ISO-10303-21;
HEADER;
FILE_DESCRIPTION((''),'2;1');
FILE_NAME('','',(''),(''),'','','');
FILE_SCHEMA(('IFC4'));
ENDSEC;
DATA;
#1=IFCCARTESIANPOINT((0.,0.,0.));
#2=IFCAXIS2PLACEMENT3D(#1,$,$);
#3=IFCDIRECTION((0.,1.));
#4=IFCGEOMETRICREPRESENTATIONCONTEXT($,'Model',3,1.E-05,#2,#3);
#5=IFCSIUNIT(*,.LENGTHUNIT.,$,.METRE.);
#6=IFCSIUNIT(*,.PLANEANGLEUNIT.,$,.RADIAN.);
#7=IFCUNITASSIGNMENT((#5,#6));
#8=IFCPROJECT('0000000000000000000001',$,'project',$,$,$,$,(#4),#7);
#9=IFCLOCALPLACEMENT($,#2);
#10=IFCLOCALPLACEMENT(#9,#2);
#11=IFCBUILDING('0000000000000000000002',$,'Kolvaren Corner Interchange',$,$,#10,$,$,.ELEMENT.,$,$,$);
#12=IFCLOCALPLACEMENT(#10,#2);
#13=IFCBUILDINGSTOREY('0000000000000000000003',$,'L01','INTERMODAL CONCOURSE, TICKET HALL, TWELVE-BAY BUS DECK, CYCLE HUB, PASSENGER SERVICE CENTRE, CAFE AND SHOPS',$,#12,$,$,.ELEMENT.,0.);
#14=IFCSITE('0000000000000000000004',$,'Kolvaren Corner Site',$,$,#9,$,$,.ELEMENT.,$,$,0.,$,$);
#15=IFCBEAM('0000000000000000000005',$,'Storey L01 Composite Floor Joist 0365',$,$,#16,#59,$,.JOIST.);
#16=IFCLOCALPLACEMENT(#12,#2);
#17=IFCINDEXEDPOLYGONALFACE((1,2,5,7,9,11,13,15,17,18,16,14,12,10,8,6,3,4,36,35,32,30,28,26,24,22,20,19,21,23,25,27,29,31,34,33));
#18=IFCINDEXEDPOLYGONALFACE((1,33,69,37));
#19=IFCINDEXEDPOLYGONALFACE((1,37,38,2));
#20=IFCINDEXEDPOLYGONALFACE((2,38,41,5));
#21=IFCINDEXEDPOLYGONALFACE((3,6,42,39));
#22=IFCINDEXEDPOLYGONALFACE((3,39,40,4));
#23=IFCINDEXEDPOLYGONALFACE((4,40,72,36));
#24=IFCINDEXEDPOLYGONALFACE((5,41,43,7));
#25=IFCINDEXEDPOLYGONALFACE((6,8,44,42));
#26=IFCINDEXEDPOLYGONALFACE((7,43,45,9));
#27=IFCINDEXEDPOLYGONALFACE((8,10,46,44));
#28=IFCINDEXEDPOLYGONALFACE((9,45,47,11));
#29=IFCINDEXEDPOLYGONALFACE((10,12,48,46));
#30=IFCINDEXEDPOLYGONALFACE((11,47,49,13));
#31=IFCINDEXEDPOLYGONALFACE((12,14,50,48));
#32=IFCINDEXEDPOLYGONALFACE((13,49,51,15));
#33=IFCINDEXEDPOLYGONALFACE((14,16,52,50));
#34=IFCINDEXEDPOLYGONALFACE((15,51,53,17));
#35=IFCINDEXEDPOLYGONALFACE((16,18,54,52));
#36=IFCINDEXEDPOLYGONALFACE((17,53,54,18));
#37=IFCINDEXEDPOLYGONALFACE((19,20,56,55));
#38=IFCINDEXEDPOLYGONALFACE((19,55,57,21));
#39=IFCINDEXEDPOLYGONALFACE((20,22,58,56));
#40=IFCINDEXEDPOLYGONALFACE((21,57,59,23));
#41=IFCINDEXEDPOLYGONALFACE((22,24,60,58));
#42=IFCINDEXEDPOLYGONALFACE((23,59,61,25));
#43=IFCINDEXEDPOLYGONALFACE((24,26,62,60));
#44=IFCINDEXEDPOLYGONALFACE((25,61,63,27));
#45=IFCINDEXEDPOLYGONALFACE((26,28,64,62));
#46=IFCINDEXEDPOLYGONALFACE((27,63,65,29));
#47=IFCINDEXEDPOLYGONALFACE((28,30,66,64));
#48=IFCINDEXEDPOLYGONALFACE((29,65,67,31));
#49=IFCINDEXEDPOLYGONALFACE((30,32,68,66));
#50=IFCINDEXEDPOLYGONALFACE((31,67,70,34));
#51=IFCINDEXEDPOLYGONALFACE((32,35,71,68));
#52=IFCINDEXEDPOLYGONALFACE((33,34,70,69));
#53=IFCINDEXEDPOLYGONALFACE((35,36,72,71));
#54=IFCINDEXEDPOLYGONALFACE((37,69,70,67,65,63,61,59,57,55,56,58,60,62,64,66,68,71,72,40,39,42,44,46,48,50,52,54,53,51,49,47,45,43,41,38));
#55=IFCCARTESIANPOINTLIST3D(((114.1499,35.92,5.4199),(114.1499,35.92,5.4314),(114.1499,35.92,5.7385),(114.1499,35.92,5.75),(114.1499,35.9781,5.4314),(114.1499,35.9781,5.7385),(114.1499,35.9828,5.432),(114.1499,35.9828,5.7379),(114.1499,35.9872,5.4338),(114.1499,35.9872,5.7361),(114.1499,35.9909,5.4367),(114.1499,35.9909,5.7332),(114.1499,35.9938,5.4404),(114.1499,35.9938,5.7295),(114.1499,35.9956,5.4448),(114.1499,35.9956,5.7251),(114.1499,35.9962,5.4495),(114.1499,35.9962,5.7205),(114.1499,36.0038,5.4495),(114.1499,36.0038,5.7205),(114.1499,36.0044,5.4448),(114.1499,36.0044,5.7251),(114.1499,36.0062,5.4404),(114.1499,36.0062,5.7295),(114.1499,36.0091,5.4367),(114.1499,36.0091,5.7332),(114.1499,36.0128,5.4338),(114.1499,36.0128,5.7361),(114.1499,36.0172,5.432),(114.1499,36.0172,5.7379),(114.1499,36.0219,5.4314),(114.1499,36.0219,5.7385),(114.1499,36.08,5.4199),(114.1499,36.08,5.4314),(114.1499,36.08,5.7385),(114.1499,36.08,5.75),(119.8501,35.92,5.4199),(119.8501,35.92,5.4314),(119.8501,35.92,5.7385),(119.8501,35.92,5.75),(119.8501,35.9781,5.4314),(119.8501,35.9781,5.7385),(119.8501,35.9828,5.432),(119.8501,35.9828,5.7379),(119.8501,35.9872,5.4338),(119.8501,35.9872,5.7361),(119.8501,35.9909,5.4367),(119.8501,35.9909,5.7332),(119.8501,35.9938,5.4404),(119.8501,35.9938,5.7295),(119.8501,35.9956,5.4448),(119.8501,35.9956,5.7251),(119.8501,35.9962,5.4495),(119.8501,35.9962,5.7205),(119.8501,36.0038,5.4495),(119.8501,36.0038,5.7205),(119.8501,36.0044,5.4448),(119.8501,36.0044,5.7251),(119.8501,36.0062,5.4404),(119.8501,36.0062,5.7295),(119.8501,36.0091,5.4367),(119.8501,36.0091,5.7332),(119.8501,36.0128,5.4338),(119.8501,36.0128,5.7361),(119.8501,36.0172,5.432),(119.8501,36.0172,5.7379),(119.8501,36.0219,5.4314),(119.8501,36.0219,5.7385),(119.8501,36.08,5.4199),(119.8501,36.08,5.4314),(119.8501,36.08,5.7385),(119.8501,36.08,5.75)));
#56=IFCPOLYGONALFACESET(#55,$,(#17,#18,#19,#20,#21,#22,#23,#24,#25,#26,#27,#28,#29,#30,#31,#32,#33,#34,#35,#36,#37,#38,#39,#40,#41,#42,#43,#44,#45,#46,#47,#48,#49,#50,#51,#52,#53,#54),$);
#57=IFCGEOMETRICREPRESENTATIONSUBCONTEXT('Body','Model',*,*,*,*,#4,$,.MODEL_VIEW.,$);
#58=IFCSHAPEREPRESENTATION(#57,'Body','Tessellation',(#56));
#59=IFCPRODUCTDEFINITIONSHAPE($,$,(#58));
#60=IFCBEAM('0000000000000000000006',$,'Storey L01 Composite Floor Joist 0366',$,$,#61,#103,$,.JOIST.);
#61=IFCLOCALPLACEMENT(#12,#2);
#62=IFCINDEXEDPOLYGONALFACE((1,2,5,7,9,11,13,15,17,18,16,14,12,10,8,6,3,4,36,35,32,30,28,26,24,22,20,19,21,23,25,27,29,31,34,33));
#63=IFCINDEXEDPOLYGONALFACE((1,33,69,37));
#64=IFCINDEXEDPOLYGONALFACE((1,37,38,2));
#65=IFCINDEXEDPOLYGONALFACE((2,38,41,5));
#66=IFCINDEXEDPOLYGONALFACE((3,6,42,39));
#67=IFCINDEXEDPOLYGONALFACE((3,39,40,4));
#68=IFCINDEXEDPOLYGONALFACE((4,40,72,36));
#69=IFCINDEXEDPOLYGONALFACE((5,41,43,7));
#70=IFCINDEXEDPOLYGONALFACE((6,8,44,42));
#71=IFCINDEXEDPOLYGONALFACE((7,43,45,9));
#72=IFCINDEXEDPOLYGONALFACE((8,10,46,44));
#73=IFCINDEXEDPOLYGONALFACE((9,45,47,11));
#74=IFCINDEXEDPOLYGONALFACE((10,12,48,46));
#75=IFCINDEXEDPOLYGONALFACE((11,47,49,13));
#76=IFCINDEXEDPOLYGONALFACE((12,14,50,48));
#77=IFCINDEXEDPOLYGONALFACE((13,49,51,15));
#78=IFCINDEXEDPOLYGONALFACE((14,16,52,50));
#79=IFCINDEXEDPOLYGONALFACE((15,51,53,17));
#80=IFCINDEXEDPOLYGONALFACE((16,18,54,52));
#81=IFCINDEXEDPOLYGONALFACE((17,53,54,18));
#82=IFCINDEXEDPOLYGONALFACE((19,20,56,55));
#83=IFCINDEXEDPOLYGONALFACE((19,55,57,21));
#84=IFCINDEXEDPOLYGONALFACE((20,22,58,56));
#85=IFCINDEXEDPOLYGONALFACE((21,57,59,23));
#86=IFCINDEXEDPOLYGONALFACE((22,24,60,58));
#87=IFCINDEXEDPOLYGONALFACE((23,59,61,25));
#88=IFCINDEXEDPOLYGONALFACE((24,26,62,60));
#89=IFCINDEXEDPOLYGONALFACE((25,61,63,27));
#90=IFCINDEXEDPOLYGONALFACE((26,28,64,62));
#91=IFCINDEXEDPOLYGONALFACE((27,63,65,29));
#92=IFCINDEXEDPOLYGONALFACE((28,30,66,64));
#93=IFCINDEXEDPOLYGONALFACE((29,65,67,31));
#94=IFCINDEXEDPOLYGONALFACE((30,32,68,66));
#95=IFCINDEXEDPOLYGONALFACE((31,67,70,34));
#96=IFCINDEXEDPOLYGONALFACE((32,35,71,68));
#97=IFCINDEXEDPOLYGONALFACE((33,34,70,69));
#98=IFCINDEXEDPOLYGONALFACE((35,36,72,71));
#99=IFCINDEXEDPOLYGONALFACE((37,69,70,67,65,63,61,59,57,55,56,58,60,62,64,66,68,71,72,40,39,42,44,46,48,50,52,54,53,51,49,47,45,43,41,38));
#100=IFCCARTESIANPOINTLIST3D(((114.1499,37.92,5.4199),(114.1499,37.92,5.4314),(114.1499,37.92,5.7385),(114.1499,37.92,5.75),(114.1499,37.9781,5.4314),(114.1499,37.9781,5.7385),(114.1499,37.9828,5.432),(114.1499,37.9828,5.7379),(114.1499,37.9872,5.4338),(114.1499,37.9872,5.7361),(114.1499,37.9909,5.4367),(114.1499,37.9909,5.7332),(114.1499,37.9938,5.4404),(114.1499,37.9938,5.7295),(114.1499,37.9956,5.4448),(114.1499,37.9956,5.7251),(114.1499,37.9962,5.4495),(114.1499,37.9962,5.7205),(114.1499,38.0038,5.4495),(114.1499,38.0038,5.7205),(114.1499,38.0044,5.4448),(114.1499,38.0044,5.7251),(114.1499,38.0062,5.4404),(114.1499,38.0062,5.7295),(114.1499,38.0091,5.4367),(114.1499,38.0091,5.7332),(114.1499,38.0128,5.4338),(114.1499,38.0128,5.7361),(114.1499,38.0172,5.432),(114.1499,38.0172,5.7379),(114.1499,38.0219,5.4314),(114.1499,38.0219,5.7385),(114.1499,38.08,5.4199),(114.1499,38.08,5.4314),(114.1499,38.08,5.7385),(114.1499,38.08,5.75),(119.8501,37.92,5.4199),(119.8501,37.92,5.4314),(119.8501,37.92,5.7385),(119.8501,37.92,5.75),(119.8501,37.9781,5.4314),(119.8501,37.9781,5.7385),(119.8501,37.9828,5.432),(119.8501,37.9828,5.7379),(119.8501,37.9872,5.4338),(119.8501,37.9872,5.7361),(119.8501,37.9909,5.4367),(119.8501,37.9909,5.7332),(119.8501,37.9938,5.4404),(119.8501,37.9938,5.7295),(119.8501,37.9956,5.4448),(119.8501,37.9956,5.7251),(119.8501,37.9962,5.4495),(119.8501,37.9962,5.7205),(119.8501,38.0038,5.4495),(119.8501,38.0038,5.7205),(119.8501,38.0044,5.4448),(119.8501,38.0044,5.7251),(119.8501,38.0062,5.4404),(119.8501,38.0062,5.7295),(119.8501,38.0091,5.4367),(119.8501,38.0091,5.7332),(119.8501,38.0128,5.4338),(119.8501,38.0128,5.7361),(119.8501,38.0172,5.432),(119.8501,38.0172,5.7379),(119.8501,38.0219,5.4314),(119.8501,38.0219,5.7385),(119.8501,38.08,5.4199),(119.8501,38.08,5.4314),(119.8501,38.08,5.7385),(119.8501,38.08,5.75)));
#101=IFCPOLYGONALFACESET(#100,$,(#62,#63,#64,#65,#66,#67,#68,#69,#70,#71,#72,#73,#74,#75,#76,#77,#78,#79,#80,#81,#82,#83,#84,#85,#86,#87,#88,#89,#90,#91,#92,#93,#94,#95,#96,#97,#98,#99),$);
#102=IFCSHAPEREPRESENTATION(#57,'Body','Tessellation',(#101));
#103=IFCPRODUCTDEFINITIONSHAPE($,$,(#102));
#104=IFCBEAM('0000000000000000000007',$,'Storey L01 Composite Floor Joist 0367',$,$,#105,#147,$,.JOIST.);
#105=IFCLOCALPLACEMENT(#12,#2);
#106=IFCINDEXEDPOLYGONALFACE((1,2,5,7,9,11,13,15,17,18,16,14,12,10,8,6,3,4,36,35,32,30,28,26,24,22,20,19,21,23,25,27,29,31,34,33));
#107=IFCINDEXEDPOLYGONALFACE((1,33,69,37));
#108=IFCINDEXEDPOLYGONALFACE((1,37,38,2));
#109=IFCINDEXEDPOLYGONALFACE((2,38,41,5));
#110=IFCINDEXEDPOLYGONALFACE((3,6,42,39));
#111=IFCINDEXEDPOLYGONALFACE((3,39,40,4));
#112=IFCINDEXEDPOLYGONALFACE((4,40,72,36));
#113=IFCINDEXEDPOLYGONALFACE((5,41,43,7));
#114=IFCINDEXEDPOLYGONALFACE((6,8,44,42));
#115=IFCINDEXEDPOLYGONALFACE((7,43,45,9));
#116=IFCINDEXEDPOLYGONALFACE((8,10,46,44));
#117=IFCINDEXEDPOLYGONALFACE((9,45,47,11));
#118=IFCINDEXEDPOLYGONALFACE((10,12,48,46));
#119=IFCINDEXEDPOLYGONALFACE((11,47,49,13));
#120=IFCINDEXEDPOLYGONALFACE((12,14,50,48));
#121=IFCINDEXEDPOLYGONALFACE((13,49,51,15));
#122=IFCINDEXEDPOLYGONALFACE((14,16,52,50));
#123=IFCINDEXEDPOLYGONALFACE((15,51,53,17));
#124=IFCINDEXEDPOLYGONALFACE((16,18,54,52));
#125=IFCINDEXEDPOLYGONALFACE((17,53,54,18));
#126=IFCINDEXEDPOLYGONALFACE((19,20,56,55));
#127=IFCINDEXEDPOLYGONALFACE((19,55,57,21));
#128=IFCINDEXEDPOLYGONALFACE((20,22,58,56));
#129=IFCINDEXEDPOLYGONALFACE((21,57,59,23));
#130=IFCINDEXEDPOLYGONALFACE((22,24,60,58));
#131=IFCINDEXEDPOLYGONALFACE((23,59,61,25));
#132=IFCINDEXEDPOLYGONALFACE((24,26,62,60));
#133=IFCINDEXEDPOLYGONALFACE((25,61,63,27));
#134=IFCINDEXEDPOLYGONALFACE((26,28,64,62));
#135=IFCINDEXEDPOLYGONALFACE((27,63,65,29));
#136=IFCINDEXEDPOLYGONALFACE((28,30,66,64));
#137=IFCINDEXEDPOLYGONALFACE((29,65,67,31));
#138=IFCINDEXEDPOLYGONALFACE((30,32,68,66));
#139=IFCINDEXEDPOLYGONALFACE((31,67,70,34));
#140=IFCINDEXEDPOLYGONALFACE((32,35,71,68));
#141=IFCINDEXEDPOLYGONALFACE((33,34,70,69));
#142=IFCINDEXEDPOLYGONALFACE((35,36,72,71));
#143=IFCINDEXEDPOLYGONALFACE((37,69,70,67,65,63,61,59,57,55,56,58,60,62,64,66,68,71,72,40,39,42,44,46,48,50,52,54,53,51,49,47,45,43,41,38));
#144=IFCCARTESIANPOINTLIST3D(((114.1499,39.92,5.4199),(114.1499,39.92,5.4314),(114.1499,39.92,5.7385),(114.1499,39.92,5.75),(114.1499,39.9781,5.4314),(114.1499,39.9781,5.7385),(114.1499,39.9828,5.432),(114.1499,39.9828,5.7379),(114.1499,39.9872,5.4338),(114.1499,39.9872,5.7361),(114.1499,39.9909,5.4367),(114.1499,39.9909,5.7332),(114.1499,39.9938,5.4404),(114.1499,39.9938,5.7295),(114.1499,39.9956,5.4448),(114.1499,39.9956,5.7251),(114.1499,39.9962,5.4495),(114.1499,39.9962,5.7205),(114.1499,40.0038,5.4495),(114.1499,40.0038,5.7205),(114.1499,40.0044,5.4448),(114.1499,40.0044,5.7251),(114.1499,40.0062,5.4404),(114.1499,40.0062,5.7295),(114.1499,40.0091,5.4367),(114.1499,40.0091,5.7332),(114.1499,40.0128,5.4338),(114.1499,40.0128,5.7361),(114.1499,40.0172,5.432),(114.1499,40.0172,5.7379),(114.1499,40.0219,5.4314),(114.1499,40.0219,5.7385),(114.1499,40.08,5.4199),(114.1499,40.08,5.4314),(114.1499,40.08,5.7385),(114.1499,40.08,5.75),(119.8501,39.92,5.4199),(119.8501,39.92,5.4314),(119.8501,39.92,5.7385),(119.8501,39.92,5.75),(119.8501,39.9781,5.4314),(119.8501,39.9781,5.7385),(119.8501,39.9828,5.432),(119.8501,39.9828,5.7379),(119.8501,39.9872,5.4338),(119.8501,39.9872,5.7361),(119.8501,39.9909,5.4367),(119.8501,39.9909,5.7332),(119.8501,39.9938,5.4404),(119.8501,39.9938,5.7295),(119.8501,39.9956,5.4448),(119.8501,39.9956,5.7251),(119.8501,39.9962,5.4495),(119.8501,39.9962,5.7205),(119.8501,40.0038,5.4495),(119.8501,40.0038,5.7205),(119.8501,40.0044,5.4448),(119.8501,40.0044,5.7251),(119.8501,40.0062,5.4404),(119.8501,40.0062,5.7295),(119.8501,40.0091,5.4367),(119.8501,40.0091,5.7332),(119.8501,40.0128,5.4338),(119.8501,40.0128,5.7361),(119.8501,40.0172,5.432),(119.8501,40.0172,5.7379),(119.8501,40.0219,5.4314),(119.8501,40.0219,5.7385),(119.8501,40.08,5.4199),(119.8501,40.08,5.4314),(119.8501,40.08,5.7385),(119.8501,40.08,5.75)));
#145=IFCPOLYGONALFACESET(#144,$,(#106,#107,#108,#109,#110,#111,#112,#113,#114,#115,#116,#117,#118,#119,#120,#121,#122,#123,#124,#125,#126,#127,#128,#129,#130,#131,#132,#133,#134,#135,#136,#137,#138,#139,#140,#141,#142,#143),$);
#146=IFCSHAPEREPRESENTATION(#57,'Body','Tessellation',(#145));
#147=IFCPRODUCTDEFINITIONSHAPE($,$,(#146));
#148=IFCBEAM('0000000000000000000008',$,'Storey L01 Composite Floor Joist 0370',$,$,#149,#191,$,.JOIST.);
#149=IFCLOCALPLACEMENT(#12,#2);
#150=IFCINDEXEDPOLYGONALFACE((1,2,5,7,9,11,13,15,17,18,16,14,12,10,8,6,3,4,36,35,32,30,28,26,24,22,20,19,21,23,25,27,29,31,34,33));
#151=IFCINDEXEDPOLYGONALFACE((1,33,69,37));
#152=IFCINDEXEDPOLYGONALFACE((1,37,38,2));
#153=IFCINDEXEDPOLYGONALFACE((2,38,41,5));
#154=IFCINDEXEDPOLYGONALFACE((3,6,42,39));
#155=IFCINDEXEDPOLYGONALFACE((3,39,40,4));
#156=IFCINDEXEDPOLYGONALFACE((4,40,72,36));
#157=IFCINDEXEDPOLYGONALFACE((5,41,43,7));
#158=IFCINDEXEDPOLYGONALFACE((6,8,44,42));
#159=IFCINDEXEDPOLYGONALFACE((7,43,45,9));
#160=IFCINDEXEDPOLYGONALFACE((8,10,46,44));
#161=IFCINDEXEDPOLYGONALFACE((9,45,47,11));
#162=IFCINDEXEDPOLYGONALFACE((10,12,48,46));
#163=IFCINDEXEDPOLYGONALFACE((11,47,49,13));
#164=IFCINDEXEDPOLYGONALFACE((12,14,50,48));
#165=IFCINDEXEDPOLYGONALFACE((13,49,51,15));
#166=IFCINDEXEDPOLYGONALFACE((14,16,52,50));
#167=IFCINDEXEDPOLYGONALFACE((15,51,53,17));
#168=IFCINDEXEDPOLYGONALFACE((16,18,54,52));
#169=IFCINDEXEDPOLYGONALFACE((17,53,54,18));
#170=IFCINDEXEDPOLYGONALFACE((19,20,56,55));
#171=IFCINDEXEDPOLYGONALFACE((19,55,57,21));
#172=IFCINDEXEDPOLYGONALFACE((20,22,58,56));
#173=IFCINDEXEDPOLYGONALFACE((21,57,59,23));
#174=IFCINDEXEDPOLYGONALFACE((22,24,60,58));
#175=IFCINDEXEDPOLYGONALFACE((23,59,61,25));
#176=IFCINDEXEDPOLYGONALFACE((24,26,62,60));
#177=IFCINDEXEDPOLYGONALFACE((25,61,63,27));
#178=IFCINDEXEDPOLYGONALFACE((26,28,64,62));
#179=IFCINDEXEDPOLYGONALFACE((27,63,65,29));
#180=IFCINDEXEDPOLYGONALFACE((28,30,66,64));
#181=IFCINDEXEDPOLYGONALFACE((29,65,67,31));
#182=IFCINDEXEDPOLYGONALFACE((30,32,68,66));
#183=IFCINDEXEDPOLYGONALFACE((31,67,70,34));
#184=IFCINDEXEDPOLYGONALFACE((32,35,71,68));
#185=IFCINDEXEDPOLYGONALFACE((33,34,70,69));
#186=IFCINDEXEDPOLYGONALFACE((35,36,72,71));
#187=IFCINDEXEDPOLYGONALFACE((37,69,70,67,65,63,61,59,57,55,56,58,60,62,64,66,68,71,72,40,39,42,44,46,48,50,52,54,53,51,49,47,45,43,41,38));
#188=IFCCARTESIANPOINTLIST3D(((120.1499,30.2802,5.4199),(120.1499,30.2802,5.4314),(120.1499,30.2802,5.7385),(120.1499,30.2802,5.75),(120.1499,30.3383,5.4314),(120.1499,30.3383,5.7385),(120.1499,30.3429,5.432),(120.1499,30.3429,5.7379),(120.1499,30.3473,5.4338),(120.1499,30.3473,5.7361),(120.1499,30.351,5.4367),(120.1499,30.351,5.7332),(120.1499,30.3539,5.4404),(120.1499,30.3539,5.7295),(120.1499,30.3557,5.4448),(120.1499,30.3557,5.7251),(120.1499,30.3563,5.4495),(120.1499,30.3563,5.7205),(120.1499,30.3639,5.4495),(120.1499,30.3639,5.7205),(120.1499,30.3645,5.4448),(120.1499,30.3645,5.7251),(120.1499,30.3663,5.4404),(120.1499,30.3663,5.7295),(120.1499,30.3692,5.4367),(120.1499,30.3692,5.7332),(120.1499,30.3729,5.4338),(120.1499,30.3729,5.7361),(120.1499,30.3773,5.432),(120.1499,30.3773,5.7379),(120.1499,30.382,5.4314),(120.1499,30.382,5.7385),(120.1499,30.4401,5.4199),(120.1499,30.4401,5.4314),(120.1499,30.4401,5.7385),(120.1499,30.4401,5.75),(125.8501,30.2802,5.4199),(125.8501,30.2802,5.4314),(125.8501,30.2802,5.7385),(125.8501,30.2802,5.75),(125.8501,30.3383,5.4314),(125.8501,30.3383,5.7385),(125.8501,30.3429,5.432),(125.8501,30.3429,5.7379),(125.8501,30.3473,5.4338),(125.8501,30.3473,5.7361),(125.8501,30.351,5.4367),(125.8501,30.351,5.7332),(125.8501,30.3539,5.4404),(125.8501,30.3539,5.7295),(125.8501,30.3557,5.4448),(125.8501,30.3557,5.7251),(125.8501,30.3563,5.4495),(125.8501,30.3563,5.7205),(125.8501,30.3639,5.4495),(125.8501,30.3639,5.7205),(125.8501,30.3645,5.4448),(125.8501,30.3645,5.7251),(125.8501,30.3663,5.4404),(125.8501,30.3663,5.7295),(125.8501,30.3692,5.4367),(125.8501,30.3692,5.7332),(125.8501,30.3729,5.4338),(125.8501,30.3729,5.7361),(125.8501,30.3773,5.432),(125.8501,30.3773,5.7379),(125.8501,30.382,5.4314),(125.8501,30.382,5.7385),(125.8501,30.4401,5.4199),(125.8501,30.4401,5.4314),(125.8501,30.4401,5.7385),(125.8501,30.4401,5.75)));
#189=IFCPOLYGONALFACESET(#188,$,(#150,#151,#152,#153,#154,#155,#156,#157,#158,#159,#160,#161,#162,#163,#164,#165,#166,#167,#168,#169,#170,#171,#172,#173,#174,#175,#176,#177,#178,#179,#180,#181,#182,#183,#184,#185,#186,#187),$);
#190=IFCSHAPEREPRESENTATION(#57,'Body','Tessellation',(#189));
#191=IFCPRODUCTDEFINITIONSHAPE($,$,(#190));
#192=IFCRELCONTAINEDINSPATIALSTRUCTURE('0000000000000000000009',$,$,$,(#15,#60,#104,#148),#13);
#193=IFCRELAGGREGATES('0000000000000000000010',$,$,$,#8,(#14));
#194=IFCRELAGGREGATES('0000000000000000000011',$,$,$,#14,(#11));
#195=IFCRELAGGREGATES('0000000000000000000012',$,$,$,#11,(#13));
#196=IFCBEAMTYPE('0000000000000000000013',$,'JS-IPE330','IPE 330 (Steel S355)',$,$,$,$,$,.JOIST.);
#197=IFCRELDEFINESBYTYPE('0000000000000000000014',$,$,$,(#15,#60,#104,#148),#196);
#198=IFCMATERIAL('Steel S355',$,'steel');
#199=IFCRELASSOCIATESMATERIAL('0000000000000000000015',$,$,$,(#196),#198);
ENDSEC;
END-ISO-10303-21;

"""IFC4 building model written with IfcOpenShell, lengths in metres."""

from ifc_helpers import new_model, si_unit, direction, frame, origin, origin_2d, place, context, subcontext, project, spatial, i_section, extrude, material, material_profile, profile_set, type_object, element, save


model = new_model("IFC4")

# Units and contexts
model_context = context("Model", 3, precision=1e-05, world=origin(), true_north=direction((0.0, 1.0)))
body_context = subcontext(model_context, "Body", "Model", "MODEL_VIEW")
ifc_project = project(units=[si_unit("LENGTHUNIT", "METRE"), si_unit("PLANEANGLEUNIT", "RADIAN")], contexts=[model_context])

# Site, building, storey
site_placement = place(None, origin())
site = spatial("IfcSite", under=ifc_project, at=site_placement, Name="Kolvaren Corner Site", CompositionType="ELEMENT", RefElevation=0.0)
building_placement = place(site_placement, origin())
building = spatial("IfcBuilding", under=site, at=building_placement, Name="Kolvaren Corner Interchange", CompositionType="ELEMENT")
storey_placement = place(building_placement, origin())
storey = spatial("IfcBuildingStorey", under=building, at=storey_placement, Name="L01", Description="INTERMODAL CONCOURSE, TICKET HALL, TWELVE-BAY BUS DECK, CYCLE HUB, PASSENGER SERVICE CENTRE, CAFE AND SHOPS", CompositionType="ELEMENT", Elevation=0.0)

# Beams
ifc_material_1 = material(Name="Steel S355", Category="steel")
ifc_material_profile_1 = material_profile(ifc_material_1, i_section(OverallWidth=0.1599, OverallDepth=0.3301, WebThickness=0.0076, FlangeThickness=0.0115, FilletRadius=0.0181, at=origin_2d()), Name="IPE 330")
ifc_profile_set_1 = profile_set([ifc_material_profile_1], Name="Steel S355")
beam_type_1 = type_object("IfcBeamType", Name="JS-IPE330", Description="IPE 330 (Steel S355)", PredefinedType="JOIST", material=ifc_profile_set_1)
for number, where, z_axis, x_axis, name in (
    (1, (114.1499, 36.0, 5.585), (1.0, 0.0, 0.0), (0.0, 1.0, 0.0), "Storey L01 Composite Floor Joist 0365"),
    (2, (114.1499, 38.0, 5.585), (1.0, 0.0, 0.0), (0.0, 1.0, 0.0), "Storey L01 Composite Floor Joist 0366"),
    (3, (114.1499, 40.0, 5.585), (1.0, 0.0, 0.0), (0.0, 1.0, 0.0), "Storey L01 Composite Floor Joist 0367"),
    (4, (120.1499, 30.3601, 5.585), (1.0, 0.0, 0.0), (0.0, 1.0, 0.0), "Storey L01 Composite Floor Joist 0370"),
):
    element("IfcBeam", number, at=place(storey_placement, frame(where, z_axis=z_axis, x_axis=x_axis)), inside=storey, type_object=beam_type_1, Name=name, PredefinedType="JOIST", context=body_context, shape_type="SweptSolid", body=[
        extrude(i_section(OverallWidth=0.1599, OverallDepth=0.3301, WebThickness=0.0076, FlangeThickness=0.0115, FilletRadius=0.0181, at=origin_2d()), origin(), (0.0, 0.0, 1.0), 5.7002),
    ])

save(model, "model.ifc")
